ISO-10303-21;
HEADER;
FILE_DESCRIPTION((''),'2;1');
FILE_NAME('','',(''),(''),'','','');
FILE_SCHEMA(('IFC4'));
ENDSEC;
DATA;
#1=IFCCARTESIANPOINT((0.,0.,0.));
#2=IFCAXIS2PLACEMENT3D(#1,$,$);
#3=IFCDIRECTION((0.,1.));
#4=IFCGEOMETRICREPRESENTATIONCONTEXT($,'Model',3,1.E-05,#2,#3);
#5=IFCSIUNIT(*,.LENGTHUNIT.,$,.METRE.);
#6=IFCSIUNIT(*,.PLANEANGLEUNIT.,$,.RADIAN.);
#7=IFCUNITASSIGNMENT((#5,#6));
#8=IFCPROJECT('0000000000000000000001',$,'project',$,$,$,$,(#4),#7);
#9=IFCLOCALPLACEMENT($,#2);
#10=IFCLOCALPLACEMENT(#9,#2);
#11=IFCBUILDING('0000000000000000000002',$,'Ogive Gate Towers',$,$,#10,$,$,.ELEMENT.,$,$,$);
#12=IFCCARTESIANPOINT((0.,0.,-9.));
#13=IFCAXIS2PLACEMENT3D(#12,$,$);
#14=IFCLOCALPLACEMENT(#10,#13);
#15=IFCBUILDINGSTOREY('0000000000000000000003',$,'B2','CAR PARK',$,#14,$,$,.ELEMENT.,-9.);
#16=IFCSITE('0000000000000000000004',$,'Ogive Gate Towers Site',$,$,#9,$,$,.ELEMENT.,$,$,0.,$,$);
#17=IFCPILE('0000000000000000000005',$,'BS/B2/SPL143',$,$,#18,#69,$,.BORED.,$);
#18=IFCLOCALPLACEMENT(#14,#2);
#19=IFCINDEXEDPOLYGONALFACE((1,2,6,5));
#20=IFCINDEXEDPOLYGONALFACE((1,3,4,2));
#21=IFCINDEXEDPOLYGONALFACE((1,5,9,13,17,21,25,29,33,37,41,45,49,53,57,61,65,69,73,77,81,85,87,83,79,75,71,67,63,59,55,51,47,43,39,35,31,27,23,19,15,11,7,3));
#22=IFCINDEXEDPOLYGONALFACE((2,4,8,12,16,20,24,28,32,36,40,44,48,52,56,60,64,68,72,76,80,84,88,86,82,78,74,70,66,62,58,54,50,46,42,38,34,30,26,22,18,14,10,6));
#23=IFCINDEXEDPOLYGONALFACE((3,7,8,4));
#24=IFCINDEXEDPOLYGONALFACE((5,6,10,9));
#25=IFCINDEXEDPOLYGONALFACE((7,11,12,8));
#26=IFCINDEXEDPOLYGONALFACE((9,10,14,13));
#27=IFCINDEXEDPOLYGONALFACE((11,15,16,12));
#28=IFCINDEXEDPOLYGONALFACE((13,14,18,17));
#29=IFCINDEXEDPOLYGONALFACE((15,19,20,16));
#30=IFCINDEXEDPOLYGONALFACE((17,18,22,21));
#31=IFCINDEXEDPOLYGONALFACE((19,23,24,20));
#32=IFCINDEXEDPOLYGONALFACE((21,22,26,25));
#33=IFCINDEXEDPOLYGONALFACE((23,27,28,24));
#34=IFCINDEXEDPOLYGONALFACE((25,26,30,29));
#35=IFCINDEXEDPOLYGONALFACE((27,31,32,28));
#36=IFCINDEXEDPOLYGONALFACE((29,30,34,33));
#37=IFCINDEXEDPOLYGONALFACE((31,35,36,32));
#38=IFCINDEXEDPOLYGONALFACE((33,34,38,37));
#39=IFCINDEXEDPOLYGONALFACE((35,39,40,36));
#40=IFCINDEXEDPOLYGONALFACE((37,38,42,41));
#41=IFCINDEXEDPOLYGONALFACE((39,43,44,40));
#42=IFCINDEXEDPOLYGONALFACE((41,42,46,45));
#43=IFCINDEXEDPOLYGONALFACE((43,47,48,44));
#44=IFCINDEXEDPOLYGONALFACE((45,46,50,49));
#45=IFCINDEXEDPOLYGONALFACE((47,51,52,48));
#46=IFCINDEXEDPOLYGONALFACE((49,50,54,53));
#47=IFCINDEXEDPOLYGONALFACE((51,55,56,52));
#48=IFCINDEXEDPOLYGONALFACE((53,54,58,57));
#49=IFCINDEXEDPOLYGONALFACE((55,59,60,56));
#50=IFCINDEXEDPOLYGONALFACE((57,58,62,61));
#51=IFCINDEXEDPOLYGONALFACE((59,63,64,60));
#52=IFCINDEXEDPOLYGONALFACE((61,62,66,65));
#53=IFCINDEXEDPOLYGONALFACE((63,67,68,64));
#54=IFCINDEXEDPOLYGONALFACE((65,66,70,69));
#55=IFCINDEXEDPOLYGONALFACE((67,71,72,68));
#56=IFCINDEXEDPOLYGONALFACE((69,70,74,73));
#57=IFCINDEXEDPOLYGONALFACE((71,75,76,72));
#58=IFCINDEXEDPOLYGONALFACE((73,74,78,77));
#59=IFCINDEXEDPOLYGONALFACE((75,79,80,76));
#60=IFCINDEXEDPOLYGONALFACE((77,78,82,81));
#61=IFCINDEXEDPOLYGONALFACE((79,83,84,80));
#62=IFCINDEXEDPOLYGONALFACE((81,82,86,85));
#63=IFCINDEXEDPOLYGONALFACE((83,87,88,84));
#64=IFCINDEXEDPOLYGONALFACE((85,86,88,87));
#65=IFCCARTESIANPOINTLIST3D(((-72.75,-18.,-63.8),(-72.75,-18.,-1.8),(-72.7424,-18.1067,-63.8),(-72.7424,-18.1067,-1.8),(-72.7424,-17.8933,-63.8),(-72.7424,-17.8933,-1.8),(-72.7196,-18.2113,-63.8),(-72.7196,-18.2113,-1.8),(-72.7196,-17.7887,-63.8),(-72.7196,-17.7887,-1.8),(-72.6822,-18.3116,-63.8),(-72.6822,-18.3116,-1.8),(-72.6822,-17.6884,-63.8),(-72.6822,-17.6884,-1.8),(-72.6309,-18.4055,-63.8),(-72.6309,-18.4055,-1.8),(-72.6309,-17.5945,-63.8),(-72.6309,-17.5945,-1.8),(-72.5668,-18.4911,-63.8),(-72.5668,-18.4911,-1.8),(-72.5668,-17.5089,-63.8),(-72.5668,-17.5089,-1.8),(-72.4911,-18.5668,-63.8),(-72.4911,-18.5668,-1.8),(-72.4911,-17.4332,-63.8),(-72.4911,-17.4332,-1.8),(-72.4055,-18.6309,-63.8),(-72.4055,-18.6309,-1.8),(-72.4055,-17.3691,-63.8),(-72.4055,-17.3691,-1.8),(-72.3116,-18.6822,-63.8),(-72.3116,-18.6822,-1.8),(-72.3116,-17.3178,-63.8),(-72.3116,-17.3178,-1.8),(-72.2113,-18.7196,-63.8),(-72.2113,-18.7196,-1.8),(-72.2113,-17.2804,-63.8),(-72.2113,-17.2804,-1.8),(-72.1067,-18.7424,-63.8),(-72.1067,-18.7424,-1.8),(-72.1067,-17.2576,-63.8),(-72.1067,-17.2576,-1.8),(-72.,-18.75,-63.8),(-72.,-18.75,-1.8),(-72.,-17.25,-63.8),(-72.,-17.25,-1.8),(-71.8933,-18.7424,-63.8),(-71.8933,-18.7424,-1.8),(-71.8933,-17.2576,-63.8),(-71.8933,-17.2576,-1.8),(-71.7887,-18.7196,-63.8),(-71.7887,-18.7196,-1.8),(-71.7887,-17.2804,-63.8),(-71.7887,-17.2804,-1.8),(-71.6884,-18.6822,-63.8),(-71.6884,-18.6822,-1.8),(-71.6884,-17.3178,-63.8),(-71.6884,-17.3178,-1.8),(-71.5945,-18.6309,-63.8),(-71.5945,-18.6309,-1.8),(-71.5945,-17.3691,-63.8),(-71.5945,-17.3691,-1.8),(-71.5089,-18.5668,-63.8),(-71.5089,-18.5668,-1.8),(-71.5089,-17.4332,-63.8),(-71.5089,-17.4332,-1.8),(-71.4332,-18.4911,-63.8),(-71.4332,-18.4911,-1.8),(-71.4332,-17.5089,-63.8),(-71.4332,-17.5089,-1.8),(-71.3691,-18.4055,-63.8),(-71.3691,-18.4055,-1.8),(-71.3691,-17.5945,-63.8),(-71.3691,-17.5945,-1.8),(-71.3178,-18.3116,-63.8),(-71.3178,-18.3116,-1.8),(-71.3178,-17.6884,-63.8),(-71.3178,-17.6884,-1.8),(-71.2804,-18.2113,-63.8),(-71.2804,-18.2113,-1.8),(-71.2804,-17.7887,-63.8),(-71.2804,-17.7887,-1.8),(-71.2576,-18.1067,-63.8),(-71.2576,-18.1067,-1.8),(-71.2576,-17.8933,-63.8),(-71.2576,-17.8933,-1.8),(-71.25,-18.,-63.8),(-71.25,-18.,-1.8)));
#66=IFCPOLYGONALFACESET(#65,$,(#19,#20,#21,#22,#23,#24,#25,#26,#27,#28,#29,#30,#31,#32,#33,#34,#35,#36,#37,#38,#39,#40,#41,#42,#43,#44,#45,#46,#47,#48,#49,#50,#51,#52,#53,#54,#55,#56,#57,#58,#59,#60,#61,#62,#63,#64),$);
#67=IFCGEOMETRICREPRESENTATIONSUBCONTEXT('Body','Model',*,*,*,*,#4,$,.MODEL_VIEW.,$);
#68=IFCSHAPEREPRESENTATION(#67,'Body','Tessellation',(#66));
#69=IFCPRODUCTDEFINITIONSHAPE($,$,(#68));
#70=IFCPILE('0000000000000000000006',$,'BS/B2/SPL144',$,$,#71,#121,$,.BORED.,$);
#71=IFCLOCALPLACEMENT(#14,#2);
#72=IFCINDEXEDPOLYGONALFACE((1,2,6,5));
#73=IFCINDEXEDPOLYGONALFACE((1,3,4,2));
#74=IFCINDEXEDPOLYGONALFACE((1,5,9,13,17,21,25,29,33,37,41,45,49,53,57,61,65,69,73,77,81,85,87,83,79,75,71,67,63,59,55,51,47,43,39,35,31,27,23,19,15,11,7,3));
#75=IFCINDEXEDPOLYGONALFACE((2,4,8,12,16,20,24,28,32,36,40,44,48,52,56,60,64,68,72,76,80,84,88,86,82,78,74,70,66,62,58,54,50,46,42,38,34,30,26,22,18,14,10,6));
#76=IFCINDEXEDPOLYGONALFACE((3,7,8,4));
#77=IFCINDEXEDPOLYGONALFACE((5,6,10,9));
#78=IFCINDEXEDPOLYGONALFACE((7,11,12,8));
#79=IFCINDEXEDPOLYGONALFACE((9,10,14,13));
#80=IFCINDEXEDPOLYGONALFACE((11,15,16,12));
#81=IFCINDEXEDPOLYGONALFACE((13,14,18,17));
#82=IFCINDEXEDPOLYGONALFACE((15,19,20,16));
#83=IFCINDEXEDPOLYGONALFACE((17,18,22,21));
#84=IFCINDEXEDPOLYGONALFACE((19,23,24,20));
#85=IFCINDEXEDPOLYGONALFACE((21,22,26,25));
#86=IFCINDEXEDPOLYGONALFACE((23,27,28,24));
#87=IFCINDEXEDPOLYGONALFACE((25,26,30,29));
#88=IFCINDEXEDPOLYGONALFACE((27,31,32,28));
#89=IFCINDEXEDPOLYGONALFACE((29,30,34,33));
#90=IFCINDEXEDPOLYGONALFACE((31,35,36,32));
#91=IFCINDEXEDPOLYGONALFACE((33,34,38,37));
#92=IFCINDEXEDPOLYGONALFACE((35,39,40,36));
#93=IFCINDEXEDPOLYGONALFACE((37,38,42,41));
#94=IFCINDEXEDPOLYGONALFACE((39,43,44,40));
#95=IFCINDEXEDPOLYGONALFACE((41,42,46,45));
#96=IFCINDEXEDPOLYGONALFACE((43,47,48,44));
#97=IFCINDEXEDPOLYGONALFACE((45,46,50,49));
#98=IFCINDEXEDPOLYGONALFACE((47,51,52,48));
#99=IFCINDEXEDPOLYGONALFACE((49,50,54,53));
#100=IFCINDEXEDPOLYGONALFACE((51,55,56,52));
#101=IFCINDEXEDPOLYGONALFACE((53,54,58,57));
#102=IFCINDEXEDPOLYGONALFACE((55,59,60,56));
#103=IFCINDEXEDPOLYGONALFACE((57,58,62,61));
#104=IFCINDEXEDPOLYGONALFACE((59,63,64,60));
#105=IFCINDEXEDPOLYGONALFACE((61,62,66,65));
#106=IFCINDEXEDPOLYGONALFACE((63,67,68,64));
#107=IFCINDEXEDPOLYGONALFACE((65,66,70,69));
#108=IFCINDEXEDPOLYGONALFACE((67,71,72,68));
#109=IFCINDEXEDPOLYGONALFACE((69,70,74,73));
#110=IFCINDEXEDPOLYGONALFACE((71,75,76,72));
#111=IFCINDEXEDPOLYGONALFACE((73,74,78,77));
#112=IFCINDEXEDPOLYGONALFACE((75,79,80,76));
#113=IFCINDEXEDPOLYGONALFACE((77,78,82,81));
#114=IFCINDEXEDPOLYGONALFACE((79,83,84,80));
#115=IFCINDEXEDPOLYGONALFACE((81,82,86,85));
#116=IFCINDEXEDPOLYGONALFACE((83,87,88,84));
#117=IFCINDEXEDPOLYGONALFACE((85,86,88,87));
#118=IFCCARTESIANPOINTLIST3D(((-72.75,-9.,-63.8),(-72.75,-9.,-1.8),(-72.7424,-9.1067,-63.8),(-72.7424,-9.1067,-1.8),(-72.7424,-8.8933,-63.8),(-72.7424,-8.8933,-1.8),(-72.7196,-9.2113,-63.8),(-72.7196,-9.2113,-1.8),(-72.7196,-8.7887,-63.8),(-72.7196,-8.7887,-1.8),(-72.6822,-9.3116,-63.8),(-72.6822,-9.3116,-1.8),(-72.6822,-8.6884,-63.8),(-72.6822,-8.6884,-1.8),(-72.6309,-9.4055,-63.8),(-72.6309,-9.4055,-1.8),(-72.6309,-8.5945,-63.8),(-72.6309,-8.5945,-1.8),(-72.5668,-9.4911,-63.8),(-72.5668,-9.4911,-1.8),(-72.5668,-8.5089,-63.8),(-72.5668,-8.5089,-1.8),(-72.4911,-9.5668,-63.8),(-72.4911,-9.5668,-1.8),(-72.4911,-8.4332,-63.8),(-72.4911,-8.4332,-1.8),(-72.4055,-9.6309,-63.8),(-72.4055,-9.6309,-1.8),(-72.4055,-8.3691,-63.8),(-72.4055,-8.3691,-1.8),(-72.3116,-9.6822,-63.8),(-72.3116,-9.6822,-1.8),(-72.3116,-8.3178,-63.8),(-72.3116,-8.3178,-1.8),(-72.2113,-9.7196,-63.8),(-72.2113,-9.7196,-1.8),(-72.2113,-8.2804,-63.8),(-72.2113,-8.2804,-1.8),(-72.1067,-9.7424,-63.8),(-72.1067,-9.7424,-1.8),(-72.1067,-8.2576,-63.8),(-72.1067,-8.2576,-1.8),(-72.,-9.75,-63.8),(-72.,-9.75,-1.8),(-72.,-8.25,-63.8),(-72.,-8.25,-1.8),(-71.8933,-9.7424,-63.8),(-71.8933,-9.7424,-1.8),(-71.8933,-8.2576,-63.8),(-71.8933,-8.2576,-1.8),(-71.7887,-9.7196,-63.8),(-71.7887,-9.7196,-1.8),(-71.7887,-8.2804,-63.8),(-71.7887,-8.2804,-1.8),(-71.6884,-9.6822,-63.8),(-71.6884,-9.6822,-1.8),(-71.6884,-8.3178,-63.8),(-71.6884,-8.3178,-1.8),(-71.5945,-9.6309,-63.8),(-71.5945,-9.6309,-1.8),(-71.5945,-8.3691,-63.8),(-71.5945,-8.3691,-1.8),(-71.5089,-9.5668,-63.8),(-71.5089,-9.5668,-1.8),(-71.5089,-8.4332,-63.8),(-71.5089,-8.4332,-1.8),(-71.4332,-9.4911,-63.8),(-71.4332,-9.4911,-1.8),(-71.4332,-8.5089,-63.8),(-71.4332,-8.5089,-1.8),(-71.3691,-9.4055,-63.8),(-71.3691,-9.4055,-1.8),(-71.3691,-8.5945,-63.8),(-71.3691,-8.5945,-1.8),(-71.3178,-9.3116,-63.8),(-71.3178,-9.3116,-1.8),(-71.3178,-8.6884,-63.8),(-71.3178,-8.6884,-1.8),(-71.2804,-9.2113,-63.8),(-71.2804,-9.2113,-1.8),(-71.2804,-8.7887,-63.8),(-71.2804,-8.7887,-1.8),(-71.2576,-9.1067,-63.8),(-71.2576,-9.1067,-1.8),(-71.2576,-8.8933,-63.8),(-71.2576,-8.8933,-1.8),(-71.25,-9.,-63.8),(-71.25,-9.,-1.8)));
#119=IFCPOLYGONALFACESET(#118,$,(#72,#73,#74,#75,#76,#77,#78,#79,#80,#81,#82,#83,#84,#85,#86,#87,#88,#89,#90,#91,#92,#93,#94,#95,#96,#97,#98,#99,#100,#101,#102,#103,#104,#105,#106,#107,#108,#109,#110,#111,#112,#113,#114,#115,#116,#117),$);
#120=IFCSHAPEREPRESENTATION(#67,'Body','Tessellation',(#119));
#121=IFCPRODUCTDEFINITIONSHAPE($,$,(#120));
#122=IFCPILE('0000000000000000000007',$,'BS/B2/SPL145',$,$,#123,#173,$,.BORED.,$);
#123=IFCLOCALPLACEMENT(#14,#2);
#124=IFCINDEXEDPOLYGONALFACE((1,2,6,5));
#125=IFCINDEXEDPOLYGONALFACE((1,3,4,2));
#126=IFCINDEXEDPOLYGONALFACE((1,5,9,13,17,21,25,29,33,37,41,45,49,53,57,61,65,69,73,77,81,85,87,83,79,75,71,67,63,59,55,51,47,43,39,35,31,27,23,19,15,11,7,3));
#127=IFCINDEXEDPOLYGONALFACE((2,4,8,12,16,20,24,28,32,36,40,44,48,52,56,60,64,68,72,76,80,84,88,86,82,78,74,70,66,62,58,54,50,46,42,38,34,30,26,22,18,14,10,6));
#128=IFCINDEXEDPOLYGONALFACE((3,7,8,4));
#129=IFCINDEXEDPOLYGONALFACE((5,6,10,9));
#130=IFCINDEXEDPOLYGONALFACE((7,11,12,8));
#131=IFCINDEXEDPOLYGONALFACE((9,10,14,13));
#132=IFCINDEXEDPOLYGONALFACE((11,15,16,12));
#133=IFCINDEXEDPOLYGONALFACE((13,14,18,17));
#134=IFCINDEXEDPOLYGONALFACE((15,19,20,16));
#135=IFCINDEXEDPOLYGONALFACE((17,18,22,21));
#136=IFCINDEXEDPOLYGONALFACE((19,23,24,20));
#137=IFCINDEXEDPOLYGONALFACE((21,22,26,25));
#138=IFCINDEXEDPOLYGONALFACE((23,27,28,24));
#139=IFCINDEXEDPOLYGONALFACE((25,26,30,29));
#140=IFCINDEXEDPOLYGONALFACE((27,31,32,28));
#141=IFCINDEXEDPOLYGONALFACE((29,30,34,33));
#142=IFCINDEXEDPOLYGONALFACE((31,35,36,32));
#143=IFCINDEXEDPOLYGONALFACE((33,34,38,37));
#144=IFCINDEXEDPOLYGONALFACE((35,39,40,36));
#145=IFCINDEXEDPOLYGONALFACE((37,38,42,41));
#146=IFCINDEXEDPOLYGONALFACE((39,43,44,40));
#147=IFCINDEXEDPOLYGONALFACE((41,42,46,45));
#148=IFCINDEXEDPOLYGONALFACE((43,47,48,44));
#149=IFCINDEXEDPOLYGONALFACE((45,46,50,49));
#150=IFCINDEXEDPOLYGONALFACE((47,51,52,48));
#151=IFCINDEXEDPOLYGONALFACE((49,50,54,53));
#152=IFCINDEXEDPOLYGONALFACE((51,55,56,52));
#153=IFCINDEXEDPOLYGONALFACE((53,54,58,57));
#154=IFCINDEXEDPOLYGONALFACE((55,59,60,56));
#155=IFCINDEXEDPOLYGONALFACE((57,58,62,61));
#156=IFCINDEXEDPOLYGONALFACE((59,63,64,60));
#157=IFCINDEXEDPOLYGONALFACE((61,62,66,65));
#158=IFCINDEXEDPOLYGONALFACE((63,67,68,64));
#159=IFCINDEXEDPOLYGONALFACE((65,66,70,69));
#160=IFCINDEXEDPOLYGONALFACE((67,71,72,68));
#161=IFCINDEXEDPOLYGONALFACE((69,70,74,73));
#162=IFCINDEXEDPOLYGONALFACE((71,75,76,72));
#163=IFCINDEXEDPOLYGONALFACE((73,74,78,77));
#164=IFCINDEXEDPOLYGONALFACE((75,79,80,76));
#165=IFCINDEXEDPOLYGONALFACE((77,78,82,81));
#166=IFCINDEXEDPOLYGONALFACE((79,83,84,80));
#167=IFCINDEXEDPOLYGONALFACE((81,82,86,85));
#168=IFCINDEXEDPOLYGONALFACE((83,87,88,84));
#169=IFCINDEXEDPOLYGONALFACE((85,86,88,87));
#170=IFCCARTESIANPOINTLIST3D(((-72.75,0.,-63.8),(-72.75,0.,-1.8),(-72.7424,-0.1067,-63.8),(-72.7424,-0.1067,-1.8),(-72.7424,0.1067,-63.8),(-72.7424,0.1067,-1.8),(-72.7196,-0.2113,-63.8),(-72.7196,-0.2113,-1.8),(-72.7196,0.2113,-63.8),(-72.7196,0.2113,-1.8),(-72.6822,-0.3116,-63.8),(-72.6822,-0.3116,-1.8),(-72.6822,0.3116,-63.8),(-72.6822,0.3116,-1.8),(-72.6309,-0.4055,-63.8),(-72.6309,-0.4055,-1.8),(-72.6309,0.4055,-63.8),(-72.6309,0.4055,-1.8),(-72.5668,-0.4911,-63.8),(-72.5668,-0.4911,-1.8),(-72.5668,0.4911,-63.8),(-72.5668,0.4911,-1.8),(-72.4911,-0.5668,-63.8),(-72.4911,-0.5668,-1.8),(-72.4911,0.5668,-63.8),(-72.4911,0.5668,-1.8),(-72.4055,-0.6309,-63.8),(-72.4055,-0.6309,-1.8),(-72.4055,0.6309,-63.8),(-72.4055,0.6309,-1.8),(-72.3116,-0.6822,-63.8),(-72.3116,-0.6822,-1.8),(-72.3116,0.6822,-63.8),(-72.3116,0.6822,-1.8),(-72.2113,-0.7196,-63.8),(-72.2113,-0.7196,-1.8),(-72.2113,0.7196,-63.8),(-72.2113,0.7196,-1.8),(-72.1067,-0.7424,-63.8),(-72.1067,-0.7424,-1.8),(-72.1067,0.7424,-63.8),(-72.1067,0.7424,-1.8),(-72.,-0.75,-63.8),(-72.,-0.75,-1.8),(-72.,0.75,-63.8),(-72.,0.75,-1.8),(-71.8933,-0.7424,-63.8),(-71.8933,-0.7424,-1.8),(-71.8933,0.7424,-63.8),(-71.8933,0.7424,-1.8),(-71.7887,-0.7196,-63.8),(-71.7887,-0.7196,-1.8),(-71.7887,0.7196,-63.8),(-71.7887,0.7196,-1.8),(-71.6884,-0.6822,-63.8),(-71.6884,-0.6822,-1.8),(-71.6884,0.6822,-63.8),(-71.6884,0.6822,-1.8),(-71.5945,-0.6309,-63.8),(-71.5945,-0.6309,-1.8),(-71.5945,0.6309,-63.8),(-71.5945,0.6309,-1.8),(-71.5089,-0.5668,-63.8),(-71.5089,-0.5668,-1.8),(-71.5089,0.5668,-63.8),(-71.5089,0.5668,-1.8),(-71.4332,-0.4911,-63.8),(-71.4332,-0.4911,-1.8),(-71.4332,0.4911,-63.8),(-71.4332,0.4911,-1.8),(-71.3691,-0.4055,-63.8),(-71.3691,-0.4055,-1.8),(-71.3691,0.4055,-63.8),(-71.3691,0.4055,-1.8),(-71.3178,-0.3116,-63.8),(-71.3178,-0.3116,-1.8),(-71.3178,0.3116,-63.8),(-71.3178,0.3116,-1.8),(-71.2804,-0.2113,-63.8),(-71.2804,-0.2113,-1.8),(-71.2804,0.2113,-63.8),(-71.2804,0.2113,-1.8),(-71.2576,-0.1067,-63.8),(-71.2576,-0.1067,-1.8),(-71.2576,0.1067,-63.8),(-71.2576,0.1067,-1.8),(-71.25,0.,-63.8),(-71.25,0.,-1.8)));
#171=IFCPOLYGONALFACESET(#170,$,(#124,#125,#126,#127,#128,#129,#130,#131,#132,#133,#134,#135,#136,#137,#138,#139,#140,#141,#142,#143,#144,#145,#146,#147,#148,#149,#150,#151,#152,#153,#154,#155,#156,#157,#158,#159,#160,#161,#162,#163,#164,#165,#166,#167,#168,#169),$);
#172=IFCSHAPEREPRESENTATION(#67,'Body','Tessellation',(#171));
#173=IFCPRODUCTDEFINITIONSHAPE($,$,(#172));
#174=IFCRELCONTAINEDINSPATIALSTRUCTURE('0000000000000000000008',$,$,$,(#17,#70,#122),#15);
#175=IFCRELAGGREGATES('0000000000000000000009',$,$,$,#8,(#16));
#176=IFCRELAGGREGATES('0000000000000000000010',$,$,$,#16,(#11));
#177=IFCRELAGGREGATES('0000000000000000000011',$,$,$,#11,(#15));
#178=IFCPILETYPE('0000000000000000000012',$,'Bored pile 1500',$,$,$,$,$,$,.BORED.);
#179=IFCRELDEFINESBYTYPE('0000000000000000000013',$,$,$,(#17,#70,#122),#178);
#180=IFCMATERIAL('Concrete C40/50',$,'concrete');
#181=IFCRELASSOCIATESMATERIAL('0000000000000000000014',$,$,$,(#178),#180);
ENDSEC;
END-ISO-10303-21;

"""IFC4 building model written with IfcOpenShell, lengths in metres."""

from ifc_helpers import new_model, si_unit, direction, frame, origin, origin_2d, place, context, subcontext, project, spatial, circle, extrude, material, material_profile, profile_set, type_object, element, save


model = new_model("IFC4")

# Units and contexts
model_context = context("Model", 3, precision=1e-05, world=origin(), true_north=direction((0.0, 1.0)))
body_context = subcontext(model_context, "Body", "Model", "MODEL_VIEW")
ifc_project = project(units=[si_unit("LENGTHUNIT", "METRE"), si_unit("PLANEANGLEUNIT", "RADIAN")], contexts=[model_context])

# Site, building, storey
site_placement = place(None, origin())
site = spatial("IfcSite", under=ifc_project, at=site_placement, Name="Ogive Gate Towers Site", CompositionType="ELEMENT", RefElevation=0.0)
building_placement = place(site_placement, origin())
building = spatial("IfcBuilding", under=site, at=building_placement, Name="Ogive Gate Towers", CompositionType="ELEMENT")
storey_placement = place(building_placement, frame((0.0, 0.0, -9.0)))
storey = spatial("IfcBuildingStorey", under=building, at=storey_placement, Name="B2", Description="CAR PARK", CompositionType="ELEMENT", Elevation=-9.0)

# Piles
ifc_material_1 = material(Name="Concrete C40/50", Category="concrete")
ifc_material_profile_1 = material_profile(ifc_material_1, circle(Radius=0.75, at=origin_2d()), Name="BP 1500")
ifc_profile_set_1 = profile_set([ifc_material_profile_1], Name="Concrete C40/50")
pile_type_1 = type_object("IfcPileType", Name="Bored pile 1500", PredefinedType="BORED", material=ifc_profile_set_1)
for number, where, z_axis, x_axis, name in (
    (1, (-72.0, -18.0, -1.8), (0.0, 0.0, -1.0), (1.0, 0.0, 0.0), "BS/B2/SPL143"),
    (2, (-72.0, -9.0, -1.8), (0.0, 0.0, -1.0), (1.0, 0.0, 0.0), "BS/B2/SPL144"),
    (3, (-72.0, 0.0, -1.8), (0.0, 0.0, -1.0), (1.0, 0.0, 0.0), "BS/B2/SPL145"),
):
    element("IfcPile", number, at=place(storey_placement, frame(where, z_axis=z_axis, x_axis=x_axis)), inside=storey, type_object=pile_type_1, Name=name, PredefinedType="BORED", context=body_context, shape_type="SweptSolid", body=[
        extrude(circle(Radius=0.75, at=origin_2d()), origin(), (0.0, 0.0, 1.0), 62.0),
    ])

save(model, "model.ifc")
